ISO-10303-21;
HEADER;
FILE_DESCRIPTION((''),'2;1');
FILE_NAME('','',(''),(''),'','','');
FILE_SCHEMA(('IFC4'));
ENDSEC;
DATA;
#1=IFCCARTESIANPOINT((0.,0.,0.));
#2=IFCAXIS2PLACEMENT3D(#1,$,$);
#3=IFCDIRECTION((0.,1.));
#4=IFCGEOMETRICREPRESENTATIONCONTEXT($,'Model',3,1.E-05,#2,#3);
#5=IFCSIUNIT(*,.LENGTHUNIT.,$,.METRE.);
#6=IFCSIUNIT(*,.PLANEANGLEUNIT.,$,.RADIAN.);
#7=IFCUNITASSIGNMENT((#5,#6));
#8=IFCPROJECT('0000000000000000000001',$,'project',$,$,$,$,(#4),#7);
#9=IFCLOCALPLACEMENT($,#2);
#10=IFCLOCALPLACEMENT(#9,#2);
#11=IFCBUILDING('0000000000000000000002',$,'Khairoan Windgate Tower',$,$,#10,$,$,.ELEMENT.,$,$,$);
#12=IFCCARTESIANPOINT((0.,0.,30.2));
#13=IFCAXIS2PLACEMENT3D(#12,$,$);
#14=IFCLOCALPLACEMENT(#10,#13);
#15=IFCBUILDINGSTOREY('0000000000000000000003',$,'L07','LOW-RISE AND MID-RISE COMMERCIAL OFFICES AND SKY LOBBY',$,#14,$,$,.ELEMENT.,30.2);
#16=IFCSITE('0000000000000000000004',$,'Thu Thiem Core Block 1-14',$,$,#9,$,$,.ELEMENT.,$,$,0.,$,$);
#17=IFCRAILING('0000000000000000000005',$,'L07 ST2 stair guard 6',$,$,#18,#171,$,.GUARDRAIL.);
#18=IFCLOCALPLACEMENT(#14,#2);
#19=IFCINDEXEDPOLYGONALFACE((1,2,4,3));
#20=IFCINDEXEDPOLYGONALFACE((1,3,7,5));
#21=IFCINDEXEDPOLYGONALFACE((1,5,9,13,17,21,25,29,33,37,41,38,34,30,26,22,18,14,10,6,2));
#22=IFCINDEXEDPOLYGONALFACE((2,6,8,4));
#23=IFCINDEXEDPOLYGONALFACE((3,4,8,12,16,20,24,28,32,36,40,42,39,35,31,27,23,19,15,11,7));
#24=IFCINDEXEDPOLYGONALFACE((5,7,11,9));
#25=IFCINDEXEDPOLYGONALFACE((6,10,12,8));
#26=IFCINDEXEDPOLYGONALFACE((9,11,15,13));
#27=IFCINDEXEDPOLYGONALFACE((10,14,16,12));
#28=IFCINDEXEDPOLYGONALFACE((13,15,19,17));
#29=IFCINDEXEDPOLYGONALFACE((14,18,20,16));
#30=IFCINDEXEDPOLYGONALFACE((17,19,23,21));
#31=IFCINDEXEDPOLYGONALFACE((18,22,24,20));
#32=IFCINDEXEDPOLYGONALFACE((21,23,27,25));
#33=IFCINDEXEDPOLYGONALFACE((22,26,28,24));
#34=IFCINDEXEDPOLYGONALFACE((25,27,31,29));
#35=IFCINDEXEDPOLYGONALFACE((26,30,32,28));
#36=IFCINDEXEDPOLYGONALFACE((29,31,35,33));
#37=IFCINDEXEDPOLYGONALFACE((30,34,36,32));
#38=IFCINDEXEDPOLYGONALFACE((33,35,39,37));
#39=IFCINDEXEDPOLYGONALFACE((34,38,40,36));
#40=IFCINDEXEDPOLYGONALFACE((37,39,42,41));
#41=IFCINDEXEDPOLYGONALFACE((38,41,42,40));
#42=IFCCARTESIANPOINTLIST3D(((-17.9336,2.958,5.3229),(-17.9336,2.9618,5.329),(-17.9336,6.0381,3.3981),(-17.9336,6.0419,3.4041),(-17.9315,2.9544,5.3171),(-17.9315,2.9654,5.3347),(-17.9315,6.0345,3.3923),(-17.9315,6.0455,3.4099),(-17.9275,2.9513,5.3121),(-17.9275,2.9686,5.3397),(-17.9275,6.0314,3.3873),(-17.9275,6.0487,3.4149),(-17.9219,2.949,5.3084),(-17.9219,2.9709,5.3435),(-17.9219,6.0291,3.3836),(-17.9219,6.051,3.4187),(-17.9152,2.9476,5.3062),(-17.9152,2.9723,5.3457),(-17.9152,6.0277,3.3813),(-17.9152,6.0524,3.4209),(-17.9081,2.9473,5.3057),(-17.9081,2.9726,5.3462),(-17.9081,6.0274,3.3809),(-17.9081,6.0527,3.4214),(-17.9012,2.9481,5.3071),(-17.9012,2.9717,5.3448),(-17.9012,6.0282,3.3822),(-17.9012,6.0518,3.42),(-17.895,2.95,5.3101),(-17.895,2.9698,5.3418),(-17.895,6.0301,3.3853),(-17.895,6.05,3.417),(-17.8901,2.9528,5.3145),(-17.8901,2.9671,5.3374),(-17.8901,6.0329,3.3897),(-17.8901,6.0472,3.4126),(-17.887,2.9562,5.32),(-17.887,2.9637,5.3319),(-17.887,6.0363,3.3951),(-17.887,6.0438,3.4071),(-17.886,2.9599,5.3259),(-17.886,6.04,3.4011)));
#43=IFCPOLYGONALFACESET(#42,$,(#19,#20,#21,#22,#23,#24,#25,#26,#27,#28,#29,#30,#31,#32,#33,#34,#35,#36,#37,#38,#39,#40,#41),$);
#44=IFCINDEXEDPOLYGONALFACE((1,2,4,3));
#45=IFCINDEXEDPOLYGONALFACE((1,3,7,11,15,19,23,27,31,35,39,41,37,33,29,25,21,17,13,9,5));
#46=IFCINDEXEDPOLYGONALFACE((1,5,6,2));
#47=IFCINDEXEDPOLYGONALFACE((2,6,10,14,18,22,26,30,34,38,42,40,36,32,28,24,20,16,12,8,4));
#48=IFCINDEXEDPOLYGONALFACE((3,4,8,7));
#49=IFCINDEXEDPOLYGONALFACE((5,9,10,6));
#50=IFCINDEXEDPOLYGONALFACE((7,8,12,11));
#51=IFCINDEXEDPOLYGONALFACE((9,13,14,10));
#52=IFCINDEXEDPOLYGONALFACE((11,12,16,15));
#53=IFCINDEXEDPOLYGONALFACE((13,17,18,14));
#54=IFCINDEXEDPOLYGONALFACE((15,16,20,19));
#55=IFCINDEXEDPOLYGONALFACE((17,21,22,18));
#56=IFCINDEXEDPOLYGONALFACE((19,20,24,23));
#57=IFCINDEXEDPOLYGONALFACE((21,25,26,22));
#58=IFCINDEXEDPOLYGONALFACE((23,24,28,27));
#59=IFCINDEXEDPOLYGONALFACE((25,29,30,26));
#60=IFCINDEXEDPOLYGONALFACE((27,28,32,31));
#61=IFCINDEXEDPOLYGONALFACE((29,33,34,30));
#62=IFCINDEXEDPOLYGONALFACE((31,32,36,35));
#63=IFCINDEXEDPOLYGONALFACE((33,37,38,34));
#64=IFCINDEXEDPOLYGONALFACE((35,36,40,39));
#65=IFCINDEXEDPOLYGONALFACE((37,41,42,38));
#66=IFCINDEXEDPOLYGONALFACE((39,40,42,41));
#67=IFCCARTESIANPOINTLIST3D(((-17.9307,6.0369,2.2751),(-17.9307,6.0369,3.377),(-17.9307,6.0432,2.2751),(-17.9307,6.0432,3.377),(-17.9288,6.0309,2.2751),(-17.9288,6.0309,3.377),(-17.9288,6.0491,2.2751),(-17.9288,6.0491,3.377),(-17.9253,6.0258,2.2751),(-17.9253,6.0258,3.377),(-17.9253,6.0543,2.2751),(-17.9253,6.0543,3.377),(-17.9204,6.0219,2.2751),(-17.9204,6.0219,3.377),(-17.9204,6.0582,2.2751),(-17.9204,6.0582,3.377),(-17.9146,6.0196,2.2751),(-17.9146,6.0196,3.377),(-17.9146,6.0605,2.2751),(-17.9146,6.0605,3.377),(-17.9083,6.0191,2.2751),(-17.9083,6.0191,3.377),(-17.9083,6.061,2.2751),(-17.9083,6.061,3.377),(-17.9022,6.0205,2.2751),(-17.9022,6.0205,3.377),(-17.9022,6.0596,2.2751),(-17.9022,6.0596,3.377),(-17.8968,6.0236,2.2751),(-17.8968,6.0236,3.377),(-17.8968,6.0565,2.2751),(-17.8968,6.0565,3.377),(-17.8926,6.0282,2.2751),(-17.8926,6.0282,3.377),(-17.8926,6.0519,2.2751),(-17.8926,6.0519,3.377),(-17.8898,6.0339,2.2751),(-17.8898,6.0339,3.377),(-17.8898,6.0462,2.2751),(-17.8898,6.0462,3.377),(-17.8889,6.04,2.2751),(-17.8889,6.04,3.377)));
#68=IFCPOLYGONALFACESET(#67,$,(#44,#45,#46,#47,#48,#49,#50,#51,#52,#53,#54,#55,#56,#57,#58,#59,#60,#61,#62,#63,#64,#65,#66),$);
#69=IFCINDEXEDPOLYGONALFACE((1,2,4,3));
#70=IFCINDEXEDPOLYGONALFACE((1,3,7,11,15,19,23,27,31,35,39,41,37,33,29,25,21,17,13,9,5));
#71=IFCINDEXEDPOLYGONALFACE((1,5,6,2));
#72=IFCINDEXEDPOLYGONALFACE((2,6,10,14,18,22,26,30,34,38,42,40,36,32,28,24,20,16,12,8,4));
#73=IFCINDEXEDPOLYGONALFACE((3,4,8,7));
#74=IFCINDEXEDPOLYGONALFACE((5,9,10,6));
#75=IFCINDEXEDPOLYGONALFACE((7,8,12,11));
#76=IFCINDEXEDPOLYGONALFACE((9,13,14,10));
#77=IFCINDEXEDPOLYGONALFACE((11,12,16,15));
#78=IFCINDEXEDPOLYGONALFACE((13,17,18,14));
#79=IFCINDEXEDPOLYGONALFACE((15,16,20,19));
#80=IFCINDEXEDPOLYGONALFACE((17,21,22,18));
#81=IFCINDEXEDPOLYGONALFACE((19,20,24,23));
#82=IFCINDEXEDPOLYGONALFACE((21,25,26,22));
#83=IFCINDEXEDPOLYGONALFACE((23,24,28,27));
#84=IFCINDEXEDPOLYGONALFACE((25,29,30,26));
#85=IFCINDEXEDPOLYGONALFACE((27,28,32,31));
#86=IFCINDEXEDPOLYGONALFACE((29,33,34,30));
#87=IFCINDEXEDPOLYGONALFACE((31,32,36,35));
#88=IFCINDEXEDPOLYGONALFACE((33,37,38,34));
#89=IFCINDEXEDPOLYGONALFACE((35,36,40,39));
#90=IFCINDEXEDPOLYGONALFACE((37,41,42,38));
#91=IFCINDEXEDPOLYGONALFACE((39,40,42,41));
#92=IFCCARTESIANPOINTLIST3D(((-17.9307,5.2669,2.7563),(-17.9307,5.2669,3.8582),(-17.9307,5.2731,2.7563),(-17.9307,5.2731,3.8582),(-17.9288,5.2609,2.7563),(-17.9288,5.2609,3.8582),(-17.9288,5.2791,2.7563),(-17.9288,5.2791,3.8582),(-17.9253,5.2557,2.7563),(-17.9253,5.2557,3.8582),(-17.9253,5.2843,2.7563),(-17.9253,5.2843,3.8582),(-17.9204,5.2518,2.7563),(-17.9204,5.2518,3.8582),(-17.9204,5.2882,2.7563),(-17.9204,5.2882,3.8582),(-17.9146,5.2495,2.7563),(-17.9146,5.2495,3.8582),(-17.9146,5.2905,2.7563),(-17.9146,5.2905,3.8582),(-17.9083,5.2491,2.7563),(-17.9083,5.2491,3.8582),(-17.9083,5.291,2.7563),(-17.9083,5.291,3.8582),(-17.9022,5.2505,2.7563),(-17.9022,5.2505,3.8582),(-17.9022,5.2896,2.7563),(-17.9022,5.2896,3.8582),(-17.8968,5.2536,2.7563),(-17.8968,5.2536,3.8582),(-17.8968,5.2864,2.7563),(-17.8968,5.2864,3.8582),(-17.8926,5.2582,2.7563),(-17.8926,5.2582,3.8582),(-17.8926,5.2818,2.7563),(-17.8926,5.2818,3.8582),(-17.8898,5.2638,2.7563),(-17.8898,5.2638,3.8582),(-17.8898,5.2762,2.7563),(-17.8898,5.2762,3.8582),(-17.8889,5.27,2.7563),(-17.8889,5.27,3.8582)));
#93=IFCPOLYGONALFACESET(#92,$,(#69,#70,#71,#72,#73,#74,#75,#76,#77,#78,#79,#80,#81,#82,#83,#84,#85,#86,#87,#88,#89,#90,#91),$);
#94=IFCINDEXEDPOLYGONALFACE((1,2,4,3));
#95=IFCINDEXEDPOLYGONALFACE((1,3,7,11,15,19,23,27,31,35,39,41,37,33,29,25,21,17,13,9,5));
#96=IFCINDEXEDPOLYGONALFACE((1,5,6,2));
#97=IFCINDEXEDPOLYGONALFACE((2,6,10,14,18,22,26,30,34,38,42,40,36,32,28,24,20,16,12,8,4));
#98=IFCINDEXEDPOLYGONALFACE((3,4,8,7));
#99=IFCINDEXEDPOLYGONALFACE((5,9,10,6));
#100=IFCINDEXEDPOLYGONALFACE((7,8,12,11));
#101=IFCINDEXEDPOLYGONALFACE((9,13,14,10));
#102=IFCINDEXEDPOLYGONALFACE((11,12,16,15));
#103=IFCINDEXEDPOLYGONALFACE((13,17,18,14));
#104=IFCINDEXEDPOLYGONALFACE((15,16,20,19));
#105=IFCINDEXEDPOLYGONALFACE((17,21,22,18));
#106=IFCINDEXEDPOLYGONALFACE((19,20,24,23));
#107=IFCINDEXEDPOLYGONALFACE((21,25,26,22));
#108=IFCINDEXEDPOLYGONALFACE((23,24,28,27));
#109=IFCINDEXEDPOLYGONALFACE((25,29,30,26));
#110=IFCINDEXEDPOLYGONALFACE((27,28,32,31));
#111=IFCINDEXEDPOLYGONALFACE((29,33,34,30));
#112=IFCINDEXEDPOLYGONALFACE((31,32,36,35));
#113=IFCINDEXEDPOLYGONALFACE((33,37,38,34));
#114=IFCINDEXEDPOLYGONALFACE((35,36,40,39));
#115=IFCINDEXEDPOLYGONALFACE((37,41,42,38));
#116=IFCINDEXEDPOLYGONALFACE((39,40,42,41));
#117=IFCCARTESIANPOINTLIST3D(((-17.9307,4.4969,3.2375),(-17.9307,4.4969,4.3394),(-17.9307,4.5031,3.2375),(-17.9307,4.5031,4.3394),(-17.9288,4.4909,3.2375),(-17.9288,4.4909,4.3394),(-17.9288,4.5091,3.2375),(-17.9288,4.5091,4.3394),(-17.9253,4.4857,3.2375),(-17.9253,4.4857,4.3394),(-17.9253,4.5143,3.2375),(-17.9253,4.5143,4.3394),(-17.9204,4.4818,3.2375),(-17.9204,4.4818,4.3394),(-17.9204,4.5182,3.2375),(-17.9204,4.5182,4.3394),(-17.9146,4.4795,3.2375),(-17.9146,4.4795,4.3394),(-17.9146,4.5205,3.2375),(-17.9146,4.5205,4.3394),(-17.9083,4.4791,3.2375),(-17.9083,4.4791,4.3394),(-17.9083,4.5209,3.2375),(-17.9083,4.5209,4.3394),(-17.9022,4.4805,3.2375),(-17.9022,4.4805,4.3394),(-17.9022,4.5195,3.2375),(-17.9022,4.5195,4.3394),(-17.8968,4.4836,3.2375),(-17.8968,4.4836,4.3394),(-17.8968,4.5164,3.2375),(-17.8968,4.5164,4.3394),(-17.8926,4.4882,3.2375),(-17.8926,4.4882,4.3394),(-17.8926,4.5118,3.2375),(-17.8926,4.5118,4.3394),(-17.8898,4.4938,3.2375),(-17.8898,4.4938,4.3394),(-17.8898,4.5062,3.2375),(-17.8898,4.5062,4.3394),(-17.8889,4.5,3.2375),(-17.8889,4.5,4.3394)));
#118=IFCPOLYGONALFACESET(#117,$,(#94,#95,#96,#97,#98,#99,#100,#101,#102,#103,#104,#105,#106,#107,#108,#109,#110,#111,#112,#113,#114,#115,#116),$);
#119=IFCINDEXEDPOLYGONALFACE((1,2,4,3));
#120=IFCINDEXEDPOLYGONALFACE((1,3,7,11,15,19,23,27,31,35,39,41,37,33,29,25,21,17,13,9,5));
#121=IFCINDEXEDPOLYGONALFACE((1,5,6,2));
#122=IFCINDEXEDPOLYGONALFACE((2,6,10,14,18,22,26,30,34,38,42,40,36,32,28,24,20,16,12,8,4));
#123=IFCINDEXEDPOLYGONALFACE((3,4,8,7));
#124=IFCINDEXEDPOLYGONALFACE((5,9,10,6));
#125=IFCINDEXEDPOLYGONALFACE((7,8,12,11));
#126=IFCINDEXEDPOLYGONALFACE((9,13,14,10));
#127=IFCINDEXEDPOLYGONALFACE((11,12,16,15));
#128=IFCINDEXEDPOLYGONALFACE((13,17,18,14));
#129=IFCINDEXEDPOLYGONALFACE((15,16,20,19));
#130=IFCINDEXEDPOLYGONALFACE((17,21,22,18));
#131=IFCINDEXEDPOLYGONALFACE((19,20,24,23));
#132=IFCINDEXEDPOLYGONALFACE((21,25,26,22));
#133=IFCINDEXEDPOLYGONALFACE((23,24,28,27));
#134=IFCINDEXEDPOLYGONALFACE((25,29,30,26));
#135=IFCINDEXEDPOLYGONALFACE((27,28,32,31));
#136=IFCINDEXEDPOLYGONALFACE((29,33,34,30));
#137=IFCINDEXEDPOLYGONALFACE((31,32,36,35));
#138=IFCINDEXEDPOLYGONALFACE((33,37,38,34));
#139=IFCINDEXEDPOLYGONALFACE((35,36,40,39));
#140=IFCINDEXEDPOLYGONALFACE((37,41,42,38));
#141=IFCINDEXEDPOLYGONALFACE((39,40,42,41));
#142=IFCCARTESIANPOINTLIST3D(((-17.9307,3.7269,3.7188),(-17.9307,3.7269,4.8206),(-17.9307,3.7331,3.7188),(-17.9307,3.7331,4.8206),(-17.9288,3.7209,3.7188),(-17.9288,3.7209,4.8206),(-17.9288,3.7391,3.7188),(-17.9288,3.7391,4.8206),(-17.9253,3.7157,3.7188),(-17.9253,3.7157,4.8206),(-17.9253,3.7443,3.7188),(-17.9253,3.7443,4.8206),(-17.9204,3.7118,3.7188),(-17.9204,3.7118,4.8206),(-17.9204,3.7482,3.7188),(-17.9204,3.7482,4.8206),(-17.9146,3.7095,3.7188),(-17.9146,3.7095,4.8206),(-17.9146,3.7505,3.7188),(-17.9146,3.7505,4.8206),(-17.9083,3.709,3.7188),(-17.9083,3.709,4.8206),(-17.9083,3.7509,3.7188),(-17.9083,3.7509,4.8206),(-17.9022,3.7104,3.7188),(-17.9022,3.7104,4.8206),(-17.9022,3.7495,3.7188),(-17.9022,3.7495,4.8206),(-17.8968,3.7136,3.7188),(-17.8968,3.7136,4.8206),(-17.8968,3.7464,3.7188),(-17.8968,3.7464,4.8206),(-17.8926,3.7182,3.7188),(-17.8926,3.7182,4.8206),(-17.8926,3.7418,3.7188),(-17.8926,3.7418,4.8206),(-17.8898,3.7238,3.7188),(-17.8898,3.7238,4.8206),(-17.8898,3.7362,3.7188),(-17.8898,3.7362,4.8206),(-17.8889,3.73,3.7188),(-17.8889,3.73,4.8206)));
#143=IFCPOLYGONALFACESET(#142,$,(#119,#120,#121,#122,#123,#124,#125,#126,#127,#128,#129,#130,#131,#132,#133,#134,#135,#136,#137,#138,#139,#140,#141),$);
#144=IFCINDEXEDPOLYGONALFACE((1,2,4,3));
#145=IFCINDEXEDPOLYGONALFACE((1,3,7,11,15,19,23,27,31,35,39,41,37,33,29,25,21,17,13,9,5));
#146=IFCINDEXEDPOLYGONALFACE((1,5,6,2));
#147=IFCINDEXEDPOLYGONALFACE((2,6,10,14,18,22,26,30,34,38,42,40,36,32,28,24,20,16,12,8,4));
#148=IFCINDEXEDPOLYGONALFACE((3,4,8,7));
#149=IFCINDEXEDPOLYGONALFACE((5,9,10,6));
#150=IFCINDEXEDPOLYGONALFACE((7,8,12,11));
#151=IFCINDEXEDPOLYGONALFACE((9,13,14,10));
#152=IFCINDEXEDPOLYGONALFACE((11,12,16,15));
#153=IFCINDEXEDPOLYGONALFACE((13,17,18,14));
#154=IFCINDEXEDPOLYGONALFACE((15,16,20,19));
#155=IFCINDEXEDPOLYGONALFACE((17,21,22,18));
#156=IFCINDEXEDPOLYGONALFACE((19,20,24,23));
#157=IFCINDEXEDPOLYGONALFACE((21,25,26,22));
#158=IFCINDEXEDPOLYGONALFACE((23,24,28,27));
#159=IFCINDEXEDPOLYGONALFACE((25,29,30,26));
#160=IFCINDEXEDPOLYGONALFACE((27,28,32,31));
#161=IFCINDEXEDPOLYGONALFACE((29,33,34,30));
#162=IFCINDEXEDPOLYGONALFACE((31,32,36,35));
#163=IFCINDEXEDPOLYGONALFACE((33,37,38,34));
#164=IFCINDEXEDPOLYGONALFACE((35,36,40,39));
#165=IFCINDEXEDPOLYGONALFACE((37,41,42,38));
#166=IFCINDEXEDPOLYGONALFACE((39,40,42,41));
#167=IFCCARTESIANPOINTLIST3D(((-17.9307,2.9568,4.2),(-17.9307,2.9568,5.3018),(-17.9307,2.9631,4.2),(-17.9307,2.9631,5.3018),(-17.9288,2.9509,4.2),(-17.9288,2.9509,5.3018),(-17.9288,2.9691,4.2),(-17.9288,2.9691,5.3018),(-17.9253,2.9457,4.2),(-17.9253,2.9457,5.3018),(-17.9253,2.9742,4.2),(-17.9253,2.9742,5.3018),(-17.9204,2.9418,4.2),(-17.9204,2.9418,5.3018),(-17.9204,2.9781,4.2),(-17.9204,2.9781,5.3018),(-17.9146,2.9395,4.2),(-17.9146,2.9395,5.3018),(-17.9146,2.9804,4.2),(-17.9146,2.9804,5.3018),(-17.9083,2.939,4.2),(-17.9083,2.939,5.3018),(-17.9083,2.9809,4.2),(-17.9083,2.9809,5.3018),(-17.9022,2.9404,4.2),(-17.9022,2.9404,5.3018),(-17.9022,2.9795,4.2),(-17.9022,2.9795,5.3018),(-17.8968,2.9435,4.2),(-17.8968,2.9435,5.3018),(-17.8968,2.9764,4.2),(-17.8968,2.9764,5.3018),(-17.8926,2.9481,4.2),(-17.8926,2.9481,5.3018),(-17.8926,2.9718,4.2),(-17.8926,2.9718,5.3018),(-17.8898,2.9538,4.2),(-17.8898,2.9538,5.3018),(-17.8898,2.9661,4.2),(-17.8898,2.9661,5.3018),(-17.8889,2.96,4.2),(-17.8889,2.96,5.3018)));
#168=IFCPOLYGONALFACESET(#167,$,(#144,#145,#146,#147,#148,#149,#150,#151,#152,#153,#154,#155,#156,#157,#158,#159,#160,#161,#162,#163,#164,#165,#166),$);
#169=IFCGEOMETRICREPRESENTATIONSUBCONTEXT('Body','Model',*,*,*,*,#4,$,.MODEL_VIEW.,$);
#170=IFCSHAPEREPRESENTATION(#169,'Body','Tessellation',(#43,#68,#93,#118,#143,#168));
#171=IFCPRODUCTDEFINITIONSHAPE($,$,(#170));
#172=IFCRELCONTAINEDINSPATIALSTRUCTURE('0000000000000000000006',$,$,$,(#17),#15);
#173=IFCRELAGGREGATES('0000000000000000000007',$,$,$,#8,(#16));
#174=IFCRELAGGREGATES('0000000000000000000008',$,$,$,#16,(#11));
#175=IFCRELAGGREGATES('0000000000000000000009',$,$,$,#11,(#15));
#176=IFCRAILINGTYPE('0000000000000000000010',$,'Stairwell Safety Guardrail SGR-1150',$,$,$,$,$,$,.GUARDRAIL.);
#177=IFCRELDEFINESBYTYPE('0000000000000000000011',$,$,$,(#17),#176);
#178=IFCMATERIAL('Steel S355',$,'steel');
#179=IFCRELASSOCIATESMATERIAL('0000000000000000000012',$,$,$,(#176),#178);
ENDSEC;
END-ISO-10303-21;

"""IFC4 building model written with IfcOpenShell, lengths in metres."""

from ifc_helpers import new_model, si_unit, direction, frame, origin, origin_2d, place, context, subcontext, project, spatial, circle, extrude, material, type_object, element, save


model = new_model("IFC4")

# Units and contexts
model_context = context("Model", 3, precision=1e-05, world=origin(), true_north=direction((0.0, 1.0)))
body_context = subcontext(model_context, "Body", "Model", "MODEL_VIEW")
ifc_project = project(units=[si_unit("LENGTHUNIT", "METRE"), si_unit("PLANEANGLEUNIT", "RADIAN")], contexts=[model_context])

# Site, building, storey
site_placement = place(None, origin())
site = spatial("IfcSite", under=ifc_project, at=site_placement, Name="Thu Thiem Core Block 1-14", CompositionType="ELEMENT", RefElevation=0.0)
building_placement = place(site_placement, origin())
building = spatial("IfcBuilding", under=site, at=building_placement, Name="Khairoan Windgate Tower", CompositionType="ELEMENT")
storey_placement = place(building_placement, frame((0.0, 0.0, 30.2)))
storey = spatial("IfcBuildingStorey", under=building, at=storey_placement, Name="L07", Description="LOW-RISE AND MID-RISE COMMERCIAL OFFICES AND SKY LOBBY", CompositionType="ELEMENT", Elevation=30.2)

# Railing
ifc_material_1 = material(Name="Steel S355", Category="steel")
railing_type_1 = type_object("IfcRailingType", Name="Stairwell Safety Guardrail SGR-1150", PredefinedType="GUARDRAIL", material=ifc_material_1)
railing_1_placement = place(storey_placement, frame((-17.9099, 6.04, 2.2751)))
element("IfcRailing", 1, at=railing_1_placement, inside=storey, type_object=railing_type_1, Name="L07 ST2 stair guard 6", PredefinedType="GUARDRAIL", context=body_context, shape_type="SweptSolid", body=[
    extrude(circle(Radius=0.0239, at=origin_2d()), frame((0.0, 0.0, 1.126), z_axis=(0.0, -0.848029, 0.529951), x_axis=(1.0, 0.0, 0.0)), (0.0, 0.0, 1.0), 3.6321),
    extrude(circle(Radius=0.021, at=origin_2d()), origin(), (0.0, 0.0, 1.0), 1.1018),
    extrude(circle(Radius=0.021, at=origin_2d()), frame((0.0, -0.77, 0.4812)), (0.0, 0.0, 1.0), 1.1018),
    extrude(circle(Radius=0.021, at=origin_2d()), frame((0.0, -1.54, 0.9624)), (0.0, 0.0, 1.0), 1.1018),
    extrude(circle(Radius=0.021, at=origin_2d()), frame((0.0, -2.3101, 1.4436)), (0.0, 0.0, 1.0), 1.1018),
    extrude(circle(Radius=0.021, at=origin_2d()), frame((0.0, -3.0801, 1.9248)), (0.0, 0.0, 1.0), 1.1018),
])

save(model, "model.ifc")
